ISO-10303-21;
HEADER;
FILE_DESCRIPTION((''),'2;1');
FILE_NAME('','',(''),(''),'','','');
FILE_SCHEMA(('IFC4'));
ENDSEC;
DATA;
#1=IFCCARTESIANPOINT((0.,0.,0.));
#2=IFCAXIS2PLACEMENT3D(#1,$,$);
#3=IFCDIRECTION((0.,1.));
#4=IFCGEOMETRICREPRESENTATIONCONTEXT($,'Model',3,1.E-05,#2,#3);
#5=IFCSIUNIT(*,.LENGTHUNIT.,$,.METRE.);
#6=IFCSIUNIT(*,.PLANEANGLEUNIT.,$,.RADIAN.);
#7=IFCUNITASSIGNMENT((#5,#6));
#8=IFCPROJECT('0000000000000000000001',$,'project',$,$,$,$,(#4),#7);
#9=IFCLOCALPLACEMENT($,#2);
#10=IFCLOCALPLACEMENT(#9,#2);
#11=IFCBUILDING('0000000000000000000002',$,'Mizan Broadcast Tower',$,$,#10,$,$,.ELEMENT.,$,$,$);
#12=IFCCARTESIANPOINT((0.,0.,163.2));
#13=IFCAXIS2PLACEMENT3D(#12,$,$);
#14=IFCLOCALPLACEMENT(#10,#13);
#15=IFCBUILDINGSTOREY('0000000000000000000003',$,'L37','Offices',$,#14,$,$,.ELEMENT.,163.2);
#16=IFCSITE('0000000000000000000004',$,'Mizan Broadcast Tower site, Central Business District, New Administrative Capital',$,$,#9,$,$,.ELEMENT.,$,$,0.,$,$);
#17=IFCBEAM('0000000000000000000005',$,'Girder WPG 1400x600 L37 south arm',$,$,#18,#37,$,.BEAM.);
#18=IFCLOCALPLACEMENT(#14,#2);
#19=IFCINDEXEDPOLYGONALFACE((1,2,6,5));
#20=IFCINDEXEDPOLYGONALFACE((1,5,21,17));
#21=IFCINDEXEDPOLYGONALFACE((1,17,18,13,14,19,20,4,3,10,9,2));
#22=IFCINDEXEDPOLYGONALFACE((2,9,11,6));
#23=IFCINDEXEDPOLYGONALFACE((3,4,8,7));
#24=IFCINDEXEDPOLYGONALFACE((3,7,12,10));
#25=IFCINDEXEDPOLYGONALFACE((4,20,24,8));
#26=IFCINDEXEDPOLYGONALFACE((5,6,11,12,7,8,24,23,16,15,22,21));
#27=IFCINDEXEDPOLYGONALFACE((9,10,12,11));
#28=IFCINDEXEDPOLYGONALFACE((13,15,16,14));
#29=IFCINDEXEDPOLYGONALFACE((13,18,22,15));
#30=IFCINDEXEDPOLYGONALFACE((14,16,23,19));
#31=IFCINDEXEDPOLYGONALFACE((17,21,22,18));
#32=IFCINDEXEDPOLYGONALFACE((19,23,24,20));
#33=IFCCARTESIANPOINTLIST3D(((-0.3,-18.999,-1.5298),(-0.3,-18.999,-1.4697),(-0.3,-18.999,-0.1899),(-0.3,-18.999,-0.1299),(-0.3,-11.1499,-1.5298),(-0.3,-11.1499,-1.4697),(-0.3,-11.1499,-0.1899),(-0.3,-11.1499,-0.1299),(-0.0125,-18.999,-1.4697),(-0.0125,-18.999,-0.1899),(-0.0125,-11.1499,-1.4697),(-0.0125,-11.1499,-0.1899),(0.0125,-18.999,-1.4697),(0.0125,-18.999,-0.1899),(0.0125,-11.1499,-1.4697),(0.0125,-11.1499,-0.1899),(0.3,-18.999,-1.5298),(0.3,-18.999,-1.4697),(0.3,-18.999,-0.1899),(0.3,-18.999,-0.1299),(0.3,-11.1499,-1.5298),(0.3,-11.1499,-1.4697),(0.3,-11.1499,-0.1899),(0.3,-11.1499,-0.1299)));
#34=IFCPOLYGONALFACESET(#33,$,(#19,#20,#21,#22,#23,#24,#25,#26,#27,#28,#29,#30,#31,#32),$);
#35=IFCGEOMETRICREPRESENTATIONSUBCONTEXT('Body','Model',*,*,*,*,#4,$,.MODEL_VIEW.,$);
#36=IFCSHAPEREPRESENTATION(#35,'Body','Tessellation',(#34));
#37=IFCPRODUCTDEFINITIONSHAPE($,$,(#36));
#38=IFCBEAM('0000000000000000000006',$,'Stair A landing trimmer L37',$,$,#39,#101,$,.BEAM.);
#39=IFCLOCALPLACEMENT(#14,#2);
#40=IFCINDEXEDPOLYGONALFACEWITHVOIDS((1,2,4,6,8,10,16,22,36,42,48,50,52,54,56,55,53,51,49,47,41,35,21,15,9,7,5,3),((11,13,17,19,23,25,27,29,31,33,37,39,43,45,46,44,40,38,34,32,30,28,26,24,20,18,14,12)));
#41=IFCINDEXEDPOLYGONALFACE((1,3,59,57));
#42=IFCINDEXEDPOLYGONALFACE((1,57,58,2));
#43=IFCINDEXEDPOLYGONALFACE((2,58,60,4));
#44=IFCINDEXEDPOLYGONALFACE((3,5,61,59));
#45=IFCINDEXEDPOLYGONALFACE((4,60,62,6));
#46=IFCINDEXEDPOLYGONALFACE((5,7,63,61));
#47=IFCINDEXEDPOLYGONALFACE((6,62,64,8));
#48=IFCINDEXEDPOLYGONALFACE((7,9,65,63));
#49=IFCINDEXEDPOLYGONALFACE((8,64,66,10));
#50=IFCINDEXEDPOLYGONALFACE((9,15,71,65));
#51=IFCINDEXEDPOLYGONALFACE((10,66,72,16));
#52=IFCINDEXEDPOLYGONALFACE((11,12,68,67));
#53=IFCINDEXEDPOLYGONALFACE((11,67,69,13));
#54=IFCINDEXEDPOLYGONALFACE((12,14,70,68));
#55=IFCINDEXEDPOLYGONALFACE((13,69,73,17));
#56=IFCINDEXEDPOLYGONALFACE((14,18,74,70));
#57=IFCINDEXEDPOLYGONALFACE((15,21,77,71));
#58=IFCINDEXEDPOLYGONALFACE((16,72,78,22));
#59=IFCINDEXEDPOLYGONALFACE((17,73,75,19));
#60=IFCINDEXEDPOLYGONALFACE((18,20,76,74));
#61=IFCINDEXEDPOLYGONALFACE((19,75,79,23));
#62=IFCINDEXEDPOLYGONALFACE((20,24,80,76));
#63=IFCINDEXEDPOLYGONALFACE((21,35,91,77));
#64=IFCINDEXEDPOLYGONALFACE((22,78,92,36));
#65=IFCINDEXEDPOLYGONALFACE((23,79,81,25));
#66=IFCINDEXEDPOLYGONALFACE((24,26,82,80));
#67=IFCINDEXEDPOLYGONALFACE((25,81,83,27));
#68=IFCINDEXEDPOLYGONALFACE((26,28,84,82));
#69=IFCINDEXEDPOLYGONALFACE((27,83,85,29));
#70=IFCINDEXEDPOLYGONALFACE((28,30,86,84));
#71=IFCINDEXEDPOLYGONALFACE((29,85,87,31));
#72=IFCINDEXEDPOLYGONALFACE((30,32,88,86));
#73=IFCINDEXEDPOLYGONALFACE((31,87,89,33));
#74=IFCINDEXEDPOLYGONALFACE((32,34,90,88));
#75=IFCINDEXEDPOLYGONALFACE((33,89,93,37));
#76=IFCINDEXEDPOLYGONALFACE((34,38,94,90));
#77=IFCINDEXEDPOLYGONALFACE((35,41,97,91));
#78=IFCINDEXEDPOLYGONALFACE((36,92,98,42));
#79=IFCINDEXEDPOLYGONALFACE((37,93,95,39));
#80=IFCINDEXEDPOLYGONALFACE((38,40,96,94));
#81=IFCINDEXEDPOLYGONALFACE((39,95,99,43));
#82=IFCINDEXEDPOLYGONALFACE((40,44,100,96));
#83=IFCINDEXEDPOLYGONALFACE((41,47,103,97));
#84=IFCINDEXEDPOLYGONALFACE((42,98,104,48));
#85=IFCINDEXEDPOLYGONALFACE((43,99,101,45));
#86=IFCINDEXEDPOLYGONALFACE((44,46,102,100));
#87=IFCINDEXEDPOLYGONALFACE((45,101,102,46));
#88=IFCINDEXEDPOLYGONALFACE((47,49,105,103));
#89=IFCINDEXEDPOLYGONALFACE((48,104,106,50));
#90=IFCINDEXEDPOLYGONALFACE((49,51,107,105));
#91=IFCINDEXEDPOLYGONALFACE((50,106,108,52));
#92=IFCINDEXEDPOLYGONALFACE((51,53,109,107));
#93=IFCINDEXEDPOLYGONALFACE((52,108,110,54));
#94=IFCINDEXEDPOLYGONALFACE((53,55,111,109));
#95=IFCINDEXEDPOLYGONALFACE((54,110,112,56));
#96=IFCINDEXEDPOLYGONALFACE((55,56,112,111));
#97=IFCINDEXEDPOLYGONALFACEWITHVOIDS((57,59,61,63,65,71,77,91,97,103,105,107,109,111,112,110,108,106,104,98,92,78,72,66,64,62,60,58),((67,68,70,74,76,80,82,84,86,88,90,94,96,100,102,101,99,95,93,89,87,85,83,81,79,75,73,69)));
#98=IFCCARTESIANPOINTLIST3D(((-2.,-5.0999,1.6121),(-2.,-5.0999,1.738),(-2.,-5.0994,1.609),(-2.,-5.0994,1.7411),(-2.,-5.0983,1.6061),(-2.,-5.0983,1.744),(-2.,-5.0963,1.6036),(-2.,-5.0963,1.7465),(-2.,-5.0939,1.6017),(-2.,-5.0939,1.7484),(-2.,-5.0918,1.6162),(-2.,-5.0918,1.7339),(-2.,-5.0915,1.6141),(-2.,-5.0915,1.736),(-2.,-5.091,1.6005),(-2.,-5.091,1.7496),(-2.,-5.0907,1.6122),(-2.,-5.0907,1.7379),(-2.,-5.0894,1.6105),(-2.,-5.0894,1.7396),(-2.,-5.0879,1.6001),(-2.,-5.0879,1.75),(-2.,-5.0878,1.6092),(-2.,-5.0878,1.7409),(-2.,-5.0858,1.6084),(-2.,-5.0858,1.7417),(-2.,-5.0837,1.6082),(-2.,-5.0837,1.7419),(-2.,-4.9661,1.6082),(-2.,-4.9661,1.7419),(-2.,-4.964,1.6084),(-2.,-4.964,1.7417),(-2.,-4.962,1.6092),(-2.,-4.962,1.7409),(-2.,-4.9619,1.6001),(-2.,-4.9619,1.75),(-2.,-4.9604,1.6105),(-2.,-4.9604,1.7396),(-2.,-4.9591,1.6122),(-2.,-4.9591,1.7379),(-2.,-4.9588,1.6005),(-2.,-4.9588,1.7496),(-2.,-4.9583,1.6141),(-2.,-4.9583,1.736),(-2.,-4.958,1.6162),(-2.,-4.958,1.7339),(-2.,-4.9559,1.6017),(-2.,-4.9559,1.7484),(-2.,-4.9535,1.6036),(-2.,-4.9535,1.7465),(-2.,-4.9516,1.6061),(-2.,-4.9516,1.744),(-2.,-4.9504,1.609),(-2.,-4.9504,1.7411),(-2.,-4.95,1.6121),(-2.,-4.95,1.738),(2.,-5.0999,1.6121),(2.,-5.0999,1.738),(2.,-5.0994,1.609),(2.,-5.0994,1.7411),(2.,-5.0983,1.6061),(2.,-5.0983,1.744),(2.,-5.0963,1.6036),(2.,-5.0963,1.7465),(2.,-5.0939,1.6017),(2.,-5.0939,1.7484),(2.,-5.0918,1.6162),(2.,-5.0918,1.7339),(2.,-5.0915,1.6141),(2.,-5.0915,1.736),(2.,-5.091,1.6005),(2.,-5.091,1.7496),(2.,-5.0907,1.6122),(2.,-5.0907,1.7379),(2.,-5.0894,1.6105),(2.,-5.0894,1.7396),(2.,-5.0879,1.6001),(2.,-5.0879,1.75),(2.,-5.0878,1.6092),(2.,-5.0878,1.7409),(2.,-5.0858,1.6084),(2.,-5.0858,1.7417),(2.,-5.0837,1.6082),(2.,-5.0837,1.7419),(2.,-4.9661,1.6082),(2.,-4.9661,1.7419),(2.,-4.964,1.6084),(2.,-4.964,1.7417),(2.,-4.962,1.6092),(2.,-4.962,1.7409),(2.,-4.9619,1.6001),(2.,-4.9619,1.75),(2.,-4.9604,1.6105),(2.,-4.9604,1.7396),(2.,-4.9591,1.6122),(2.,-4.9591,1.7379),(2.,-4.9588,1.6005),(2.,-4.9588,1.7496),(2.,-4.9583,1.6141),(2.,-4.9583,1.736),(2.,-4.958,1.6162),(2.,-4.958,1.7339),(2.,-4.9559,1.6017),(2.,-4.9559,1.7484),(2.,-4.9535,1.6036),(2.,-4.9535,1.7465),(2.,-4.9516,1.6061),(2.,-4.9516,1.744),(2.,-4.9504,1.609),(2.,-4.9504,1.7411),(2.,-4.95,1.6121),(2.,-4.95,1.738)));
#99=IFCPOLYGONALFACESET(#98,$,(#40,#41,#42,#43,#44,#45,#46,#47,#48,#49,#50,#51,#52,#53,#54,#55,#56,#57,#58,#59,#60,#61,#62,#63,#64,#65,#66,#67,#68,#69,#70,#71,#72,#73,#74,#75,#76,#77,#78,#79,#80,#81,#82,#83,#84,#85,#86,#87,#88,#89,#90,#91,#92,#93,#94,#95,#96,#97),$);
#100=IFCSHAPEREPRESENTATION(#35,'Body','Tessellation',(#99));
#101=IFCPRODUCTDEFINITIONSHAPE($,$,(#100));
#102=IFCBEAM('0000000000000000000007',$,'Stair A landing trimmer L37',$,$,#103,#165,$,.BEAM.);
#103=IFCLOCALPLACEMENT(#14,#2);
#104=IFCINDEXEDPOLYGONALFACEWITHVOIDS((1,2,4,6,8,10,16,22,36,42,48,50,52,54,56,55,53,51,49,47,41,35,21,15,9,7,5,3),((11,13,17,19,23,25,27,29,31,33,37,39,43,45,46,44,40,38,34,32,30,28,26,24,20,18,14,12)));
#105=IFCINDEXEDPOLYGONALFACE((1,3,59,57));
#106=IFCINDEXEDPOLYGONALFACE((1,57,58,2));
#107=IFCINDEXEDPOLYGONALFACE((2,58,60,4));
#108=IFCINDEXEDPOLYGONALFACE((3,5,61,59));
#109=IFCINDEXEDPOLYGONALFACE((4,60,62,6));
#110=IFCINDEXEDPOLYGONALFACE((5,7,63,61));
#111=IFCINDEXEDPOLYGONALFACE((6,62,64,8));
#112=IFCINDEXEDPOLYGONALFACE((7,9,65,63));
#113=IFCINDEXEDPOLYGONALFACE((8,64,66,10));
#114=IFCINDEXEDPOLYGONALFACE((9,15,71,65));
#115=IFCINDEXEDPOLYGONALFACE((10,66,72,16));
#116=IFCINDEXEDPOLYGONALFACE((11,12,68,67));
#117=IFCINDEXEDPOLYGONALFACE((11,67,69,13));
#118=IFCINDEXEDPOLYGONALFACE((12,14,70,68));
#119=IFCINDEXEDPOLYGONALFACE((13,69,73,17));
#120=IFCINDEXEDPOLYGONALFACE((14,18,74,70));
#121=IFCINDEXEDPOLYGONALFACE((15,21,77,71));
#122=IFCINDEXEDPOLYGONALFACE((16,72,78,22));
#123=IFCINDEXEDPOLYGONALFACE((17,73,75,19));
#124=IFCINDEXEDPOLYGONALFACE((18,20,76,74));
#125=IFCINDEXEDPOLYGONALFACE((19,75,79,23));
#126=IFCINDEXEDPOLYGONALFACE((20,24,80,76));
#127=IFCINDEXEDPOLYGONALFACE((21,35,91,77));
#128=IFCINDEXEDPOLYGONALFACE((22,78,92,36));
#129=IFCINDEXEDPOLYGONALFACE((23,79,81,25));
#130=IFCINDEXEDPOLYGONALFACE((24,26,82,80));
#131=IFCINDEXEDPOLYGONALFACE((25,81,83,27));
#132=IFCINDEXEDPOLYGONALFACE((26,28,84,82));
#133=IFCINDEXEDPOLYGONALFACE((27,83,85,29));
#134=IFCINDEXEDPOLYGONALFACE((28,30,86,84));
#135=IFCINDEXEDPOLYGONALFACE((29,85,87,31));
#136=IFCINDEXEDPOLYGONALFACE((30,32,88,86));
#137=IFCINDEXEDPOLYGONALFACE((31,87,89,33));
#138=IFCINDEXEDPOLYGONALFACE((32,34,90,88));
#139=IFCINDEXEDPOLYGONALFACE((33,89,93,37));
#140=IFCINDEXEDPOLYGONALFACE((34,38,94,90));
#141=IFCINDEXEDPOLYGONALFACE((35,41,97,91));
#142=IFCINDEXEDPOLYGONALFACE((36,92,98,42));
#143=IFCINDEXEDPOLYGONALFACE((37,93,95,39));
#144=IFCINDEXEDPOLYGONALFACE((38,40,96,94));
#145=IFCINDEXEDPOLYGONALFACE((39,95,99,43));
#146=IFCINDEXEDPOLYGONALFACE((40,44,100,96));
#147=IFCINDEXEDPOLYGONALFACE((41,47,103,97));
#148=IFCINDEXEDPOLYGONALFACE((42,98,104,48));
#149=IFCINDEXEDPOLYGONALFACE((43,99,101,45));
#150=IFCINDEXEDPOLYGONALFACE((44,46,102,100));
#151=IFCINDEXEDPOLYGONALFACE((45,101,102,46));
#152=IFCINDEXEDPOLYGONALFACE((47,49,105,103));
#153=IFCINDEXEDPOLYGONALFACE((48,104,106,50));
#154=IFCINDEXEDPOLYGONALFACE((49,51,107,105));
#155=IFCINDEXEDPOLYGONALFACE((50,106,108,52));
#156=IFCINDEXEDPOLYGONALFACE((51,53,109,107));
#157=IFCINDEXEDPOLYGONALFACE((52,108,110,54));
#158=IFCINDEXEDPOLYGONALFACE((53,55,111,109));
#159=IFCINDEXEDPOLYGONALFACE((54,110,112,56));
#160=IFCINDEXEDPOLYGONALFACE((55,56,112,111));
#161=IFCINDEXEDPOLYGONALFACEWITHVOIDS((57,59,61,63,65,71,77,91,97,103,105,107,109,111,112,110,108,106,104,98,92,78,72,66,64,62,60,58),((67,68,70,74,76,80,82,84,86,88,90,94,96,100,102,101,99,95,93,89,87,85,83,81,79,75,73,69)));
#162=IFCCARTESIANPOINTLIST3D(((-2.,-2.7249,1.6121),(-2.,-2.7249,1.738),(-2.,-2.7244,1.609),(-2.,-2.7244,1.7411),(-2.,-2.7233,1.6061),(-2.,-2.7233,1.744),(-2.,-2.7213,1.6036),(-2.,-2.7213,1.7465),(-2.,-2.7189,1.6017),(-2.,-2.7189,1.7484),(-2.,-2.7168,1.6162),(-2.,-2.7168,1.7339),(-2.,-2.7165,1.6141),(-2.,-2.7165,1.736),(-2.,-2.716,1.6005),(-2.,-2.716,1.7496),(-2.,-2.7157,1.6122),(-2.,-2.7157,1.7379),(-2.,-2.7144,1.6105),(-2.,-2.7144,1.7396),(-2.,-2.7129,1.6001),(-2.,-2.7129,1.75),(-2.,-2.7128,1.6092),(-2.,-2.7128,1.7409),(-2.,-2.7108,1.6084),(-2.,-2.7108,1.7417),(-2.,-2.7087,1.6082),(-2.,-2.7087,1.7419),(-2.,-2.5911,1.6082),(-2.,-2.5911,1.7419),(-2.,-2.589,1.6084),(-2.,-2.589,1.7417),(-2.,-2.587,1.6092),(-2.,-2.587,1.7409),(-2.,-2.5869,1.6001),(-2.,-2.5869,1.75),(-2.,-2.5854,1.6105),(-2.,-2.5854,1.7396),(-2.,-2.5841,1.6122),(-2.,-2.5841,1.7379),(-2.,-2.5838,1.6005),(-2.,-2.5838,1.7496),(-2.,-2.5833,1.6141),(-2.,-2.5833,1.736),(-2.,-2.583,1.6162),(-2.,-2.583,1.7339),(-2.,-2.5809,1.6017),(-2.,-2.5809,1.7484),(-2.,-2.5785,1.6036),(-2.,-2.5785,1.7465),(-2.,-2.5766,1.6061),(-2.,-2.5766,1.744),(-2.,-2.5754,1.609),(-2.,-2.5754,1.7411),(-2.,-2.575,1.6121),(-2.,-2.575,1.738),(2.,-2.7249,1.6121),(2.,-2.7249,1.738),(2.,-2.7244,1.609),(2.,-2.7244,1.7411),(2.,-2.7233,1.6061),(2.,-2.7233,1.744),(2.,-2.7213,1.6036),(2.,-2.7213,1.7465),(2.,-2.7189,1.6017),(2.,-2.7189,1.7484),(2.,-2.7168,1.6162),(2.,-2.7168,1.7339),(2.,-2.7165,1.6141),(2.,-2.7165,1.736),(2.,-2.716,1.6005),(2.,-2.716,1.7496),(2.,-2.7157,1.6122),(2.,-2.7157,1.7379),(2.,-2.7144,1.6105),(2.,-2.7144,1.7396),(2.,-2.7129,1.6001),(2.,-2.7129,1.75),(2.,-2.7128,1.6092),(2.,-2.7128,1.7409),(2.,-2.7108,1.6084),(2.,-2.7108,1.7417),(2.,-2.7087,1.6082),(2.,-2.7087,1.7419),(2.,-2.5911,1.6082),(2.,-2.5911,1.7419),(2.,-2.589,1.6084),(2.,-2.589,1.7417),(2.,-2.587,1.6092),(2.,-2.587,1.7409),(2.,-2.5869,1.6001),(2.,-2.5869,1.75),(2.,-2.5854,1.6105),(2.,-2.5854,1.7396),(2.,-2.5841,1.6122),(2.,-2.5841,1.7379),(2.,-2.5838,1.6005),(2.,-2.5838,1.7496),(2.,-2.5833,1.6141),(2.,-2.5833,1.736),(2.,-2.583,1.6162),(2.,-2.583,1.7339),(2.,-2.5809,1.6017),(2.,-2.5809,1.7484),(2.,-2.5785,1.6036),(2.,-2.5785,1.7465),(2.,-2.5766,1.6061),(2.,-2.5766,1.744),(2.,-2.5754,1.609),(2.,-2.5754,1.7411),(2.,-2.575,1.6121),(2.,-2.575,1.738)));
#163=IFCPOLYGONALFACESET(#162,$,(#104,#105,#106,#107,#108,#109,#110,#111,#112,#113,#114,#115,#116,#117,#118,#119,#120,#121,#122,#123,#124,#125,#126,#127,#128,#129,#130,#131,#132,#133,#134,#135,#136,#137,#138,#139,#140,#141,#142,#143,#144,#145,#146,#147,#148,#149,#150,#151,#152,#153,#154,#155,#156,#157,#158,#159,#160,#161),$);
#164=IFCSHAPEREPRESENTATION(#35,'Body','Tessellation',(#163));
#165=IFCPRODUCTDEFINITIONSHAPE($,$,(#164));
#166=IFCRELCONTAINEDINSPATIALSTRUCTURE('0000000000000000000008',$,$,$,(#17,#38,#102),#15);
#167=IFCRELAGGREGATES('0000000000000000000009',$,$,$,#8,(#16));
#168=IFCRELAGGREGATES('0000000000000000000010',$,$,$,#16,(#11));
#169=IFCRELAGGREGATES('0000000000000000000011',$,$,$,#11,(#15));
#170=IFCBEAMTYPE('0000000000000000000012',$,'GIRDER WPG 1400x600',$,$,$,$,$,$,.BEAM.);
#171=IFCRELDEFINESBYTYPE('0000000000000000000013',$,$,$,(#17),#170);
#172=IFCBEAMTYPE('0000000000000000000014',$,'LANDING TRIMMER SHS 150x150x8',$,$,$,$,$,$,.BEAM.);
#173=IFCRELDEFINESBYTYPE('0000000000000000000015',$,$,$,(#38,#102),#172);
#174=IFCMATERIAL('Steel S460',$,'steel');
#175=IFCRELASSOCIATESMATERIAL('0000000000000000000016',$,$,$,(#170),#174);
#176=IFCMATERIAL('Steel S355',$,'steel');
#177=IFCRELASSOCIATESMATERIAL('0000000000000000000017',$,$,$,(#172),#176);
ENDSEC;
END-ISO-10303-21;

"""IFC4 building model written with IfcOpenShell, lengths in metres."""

from ifc_helpers import new_model, si_unit, direction, frame, origin, origin_2d, place, context, subcontext, project, spatial, hollow_rectangle, i_section, extrude, material, material_profile, profile_set, type_object, element, save


model = new_model("IFC4")

# Units and contexts
model_context = context("Model", 3, precision=1e-05, world=origin(), true_north=direction((0.0, 1.0)))
body_context = subcontext(model_context, "Body", "Model", "MODEL_VIEW")
ifc_project = project(units=[si_unit("LENGTHUNIT", "METRE"), si_unit("PLANEANGLEUNIT", "RADIAN")], contexts=[model_context])

# Site, building, storey
site_placement = place(None, origin())
site = spatial("IfcSite", under=ifc_project, at=site_placement, Name="Mizan Broadcast Tower site, Central Business District, New Administrative Capital", CompositionType="ELEMENT", RefElevation=0.0)
building_placement = place(site_placement, origin())
building = spatial("IfcBuilding", under=site, at=building_placement, Name="Mizan Broadcast Tower", CompositionType="ELEMENT")
storey_placement = place(building_placement, frame((0.0, 0.0, 163.2)))
storey = spatial("IfcBuildingStorey", under=building, at=storey_placement, Name="L37", Description="Offices", CompositionType="ELEMENT", Elevation=163.2)

# Beams
ifc_material_1 = material(Name="Steel S460", Category="steel")
ifc_material_profile_1 = material_profile(ifc_material_1, i_section(OverallWidth=0.6001, OverallDepth=1.3999, WebThickness=0.0249, FlangeThickness=0.0601, at=origin_2d()), Name="WPG 1400x600")
ifc_profile_set_1 = profile_set([ifc_material_profile_1], Name="Steel S460")
beam_type_1 = type_object("IfcBeamType", Name="GIRDER WPG 1400x600", PredefinedType="BEAM", material=ifc_profile_set_1)
beam_1_placement = place(storey_placement, frame((0.0, -11.1499, -0.8298), z_axis=(0.0, -1.0, 0.0), x_axis=(1.0, 0.0, 0.0)))
element("IfcBeam", 1, at=beam_1_placement, inside=storey, type_object=beam_type_1, Name="Girder WPG 1400x600 L37 south arm", PredefinedType="BEAM", context=body_context, shape_type="SweptSolid", body=[
    extrude(i_section(OverallWidth=0.6001, OverallDepth=1.3999, WebThickness=0.0249, FlangeThickness=0.0601, at=origin_2d()), origin(), (0.0, 0.0, 1.0), 7.8491),
])
ifc_material_2 = material(Name="Steel S355", Category="steel")
ifc_material_profile_2 = material_profile(ifc_material_2, hollow_rectangle(XDim=0.1499, YDim=0.1499, WallThickness=0.0081, InnerFilletRadius=0.0081, OuterFilletRadius=0.012, at=origin_2d()), Name="SHS 150x150x8")
ifc_profile_set_2 = profile_set([ifc_material_profile_2], Name="Steel S355")
beam_type_2 = type_object("IfcBeamType", Name="LANDING TRIMMER SHS 150x150x8", PredefinedType="BEAM", material=ifc_profile_set_2)
for number, where, z_axis, x_axis, name in (
    (2, (-2.0, -5.0249, 1.675), (1.0, 0.0, 0.0), (0.0, 1.0, 0.0), "Stair A landing trimmer L37"),
    (3, (-2.0, -2.6499, 1.675), (1.0, 0.0, 0.0), (0.0, 1.0, 0.0), "Stair A landing trimmer L37"),
):
    element("IfcBeam", number, at=place(storey_placement, frame(where, z_axis=z_axis, x_axis=x_axis)), inside=storey, type_object=beam_type_2, Name=name, PredefinedType="BEAM", context=body_context, shape_type="SweptSolid", body=[
        extrude(hollow_rectangle(XDim=0.1499, YDim=0.1499, WallThickness=0.0081, InnerFilletRadius=0.0081, OuterFilletRadius=0.012, at=origin_2d()), origin(), (0.0, 0.0, 1.0), 4.0),
    ])

save(model, "model.ifc")
